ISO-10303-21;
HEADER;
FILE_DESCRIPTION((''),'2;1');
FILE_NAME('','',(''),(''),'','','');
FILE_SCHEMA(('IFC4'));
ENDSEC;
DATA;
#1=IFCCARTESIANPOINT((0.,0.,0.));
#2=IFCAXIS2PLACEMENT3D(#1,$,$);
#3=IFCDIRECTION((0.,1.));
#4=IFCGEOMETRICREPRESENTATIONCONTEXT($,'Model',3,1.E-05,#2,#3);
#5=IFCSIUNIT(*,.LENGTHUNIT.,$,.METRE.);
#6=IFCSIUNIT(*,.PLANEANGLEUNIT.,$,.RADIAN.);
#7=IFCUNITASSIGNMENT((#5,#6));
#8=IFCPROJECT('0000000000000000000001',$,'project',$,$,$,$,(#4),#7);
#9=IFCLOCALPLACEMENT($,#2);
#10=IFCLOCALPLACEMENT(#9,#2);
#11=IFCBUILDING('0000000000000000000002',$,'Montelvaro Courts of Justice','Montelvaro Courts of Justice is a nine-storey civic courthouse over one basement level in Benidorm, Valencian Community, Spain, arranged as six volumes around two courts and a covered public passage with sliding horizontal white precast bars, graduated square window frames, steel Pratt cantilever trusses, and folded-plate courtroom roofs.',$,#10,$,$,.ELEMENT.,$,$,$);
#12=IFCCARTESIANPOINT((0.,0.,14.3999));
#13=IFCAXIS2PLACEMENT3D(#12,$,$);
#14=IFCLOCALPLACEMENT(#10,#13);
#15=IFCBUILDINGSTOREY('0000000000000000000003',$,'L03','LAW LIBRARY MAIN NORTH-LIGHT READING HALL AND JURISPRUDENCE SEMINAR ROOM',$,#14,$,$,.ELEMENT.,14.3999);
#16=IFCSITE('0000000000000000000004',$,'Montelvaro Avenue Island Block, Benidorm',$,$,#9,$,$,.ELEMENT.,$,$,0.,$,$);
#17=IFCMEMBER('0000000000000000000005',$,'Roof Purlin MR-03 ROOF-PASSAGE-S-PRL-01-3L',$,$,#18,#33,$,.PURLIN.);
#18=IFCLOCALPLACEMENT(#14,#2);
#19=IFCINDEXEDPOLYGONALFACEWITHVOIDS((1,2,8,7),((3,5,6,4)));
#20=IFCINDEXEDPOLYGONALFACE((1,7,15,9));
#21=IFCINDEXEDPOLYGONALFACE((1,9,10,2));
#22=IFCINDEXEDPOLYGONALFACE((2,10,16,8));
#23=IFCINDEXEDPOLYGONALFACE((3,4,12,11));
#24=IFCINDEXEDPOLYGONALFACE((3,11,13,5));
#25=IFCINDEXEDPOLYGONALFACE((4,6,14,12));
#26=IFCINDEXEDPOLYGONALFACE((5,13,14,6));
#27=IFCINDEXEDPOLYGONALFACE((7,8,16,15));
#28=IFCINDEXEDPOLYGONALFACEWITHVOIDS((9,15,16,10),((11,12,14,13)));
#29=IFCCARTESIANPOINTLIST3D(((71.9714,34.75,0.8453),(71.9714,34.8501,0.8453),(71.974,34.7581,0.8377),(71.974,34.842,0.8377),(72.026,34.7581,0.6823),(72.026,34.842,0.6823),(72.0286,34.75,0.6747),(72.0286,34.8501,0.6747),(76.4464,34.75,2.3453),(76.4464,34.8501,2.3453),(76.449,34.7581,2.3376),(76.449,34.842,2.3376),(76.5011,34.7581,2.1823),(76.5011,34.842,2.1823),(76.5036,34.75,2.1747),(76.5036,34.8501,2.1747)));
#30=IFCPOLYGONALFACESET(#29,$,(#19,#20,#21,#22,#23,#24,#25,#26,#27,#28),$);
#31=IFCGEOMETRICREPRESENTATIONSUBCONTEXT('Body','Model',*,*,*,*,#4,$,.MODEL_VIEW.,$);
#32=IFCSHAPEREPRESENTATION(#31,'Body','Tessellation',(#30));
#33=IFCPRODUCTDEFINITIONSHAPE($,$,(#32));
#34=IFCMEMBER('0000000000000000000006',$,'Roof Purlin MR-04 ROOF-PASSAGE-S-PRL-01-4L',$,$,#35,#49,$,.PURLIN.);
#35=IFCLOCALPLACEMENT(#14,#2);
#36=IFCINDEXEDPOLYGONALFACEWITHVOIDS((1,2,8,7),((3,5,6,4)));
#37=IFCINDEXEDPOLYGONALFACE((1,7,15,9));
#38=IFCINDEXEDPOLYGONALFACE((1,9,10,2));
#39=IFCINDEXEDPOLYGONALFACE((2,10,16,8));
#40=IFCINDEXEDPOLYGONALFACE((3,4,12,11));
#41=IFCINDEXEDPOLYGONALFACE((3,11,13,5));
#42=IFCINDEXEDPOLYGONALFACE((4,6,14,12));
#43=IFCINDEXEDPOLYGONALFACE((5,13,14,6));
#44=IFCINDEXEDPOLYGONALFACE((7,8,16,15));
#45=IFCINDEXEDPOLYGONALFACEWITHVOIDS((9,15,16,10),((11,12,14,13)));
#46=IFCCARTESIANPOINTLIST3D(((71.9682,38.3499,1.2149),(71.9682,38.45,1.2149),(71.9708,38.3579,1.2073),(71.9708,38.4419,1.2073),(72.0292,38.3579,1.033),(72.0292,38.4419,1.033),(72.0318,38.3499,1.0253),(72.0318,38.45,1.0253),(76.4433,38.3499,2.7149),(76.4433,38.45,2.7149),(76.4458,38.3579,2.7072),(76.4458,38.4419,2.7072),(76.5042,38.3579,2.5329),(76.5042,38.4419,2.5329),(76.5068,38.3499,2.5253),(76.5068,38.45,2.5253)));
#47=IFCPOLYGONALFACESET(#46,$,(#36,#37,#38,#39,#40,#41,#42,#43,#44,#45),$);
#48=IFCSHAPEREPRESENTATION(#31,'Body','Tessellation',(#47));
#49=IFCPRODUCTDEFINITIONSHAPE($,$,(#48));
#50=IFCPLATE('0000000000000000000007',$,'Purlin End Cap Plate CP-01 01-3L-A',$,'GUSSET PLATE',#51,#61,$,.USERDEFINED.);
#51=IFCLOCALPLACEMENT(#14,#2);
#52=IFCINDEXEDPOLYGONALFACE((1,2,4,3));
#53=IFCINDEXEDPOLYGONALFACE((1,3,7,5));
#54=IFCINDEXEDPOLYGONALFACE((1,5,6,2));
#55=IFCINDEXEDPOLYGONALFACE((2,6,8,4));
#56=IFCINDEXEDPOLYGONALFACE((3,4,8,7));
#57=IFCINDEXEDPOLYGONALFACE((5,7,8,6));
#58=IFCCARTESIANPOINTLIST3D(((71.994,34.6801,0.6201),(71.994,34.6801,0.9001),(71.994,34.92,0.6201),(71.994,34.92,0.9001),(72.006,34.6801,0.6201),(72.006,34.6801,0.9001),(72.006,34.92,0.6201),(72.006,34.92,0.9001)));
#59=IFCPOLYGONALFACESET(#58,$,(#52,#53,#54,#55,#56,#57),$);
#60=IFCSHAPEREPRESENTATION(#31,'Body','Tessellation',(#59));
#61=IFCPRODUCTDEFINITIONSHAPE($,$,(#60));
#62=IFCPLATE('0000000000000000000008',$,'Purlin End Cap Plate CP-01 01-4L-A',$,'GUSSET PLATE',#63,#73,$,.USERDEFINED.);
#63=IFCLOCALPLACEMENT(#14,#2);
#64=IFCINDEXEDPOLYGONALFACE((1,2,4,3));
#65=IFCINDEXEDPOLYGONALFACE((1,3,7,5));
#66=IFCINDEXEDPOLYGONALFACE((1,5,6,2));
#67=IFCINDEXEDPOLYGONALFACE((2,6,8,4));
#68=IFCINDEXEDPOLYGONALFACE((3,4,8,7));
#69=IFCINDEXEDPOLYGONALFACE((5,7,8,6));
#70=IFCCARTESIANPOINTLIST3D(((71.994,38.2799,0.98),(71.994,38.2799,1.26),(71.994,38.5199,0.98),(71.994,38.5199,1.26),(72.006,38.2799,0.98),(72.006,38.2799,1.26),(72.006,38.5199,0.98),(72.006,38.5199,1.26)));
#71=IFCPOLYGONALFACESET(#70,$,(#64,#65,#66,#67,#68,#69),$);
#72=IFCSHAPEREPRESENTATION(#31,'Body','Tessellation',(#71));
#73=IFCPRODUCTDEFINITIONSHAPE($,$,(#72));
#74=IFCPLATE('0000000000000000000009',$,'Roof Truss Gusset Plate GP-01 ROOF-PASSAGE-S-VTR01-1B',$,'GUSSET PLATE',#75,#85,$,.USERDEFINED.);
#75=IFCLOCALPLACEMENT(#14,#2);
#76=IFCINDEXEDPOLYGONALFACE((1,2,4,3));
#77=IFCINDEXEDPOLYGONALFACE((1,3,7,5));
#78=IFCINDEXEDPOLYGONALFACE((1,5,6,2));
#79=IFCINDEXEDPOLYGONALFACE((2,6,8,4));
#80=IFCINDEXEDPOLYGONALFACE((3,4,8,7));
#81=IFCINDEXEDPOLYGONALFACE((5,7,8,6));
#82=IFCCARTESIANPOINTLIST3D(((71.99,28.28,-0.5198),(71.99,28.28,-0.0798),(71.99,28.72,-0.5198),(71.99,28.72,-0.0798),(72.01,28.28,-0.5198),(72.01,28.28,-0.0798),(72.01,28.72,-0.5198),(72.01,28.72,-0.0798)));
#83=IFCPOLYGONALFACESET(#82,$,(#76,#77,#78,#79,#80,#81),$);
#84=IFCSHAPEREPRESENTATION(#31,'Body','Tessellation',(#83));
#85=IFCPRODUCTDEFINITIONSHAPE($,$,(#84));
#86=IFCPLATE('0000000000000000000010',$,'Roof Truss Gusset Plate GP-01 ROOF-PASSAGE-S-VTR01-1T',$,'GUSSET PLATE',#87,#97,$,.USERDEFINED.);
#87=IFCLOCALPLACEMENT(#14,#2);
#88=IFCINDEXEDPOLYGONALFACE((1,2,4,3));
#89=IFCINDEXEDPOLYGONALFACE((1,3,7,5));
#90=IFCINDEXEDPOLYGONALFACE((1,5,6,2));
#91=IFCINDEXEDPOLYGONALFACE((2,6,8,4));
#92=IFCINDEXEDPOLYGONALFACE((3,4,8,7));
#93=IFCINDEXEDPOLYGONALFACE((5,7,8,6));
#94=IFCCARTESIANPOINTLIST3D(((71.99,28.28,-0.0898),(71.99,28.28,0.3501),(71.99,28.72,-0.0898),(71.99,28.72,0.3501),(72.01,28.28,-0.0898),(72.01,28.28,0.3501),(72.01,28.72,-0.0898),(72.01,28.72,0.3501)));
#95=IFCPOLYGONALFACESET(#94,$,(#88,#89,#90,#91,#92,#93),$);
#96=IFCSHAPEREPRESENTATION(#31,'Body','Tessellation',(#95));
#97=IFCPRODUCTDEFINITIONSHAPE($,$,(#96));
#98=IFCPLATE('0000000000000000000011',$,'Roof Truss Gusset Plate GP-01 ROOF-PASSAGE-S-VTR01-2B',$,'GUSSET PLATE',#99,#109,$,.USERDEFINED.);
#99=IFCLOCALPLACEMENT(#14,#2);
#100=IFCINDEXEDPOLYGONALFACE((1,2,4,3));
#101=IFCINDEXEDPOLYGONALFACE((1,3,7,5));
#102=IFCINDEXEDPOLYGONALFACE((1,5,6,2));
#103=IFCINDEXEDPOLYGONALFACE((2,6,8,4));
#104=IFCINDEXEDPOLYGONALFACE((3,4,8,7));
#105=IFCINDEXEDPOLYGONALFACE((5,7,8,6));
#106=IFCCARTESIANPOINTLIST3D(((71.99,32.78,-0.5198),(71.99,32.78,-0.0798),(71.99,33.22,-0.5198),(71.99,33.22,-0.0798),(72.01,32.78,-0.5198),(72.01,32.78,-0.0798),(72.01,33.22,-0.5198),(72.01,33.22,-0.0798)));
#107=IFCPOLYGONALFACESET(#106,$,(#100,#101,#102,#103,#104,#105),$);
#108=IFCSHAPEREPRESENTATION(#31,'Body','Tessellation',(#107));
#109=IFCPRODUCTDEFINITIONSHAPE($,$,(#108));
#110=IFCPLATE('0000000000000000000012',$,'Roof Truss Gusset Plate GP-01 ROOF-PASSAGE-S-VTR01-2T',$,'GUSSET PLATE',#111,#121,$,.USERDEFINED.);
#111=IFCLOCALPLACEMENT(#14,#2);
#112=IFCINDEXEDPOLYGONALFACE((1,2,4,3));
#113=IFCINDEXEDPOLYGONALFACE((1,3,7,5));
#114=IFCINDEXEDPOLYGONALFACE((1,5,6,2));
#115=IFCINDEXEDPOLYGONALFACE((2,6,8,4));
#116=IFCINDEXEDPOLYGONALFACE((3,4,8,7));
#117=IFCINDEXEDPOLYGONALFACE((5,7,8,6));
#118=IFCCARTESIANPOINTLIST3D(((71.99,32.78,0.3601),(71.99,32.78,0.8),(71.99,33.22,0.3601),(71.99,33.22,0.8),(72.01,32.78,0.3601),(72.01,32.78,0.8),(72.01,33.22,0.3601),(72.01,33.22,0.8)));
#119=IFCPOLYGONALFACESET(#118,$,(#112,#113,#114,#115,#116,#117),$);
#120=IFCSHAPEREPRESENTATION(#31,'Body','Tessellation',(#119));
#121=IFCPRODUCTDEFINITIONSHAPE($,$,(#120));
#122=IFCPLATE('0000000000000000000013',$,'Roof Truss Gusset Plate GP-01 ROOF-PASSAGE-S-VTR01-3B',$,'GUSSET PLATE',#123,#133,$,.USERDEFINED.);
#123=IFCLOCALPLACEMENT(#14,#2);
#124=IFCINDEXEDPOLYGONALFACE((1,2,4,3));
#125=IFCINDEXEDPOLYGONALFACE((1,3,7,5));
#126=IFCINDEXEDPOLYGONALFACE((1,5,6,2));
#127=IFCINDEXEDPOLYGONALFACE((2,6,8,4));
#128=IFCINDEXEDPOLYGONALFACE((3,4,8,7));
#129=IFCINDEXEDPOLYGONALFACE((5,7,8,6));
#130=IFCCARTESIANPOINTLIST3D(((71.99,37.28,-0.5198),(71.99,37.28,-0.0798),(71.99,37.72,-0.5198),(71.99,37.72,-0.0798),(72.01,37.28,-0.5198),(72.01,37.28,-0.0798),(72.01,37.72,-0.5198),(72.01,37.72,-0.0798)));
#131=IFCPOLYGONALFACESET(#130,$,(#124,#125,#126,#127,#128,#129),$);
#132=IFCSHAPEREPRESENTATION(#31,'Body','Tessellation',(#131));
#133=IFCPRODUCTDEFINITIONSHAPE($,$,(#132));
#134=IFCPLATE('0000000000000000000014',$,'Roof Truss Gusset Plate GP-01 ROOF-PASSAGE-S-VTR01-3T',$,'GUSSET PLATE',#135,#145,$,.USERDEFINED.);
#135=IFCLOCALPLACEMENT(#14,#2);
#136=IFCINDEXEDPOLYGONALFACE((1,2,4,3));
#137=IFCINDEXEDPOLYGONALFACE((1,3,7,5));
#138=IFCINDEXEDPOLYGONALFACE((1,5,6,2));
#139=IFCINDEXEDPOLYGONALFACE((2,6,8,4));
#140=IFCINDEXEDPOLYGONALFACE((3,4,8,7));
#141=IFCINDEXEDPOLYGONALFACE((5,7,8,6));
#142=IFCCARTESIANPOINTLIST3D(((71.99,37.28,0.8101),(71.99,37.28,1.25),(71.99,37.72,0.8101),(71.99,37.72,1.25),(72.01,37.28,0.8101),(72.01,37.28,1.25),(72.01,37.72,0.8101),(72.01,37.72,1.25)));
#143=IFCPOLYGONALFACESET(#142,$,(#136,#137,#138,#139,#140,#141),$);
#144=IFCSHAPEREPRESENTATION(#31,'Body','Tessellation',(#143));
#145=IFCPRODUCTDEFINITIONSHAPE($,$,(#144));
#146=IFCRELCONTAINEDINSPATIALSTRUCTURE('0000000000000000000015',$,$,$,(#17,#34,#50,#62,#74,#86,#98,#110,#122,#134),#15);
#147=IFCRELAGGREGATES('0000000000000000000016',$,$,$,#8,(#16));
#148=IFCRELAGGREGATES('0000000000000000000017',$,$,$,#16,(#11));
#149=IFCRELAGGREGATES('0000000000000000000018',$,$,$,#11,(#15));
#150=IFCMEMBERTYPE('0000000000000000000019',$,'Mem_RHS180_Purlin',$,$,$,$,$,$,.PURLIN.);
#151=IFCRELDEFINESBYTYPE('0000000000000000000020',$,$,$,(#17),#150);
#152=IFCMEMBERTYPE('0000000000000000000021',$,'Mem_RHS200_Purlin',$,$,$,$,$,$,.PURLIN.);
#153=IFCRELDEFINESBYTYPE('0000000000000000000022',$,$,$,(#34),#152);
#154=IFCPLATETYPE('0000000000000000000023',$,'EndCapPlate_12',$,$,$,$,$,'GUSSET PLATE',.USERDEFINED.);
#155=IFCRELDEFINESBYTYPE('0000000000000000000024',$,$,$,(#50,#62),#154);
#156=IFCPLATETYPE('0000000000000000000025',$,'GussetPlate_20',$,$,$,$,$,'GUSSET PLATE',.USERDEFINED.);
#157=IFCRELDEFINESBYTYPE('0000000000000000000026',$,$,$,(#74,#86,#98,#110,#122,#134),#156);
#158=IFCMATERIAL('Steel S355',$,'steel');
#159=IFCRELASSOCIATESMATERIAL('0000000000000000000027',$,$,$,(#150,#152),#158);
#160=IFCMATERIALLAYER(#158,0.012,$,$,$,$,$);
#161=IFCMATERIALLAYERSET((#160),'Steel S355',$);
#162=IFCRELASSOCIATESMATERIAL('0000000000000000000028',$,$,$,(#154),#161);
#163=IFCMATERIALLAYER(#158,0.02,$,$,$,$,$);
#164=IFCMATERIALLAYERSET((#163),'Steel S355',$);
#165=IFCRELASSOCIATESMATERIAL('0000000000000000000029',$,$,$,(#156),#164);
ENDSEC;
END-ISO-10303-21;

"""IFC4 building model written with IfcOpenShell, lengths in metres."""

from ifc_helpers import new_model, si_unit, direction, frame, origin, origin_2d, place, context, subcontext, project, spatial, rectangle, hollow_rectangle, extrude, material, layer, layer_set, material_profile, profile_set, type_object, element, save


model = new_model("IFC4")

# Units and contexts
model_context = context("Model", 3, precision=1e-05, world=origin(), true_north=direction((0.0, 1.0)))
body_context = subcontext(model_context, "Body", "Model", "MODEL_VIEW")
ifc_project = project(units=[si_unit("LENGTHUNIT", "METRE"), si_unit("PLANEANGLEUNIT", "RADIAN")], contexts=[model_context])

# Site, building, storey
site_placement = place(None, origin())
site = spatial("IfcSite", under=ifc_project, at=site_placement, Name="Montelvaro Avenue Island Block, Benidorm", CompositionType="ELEMENT", RefElevation=0.0)
building_placement = place(site_placement, origin())
building = spatial("IfcBuilding", under=site, at=building_placement, Name="Montelvaro Courts of Justice", Description="Montelvaro Courts of Justice is a nine-storey civic courthouse over one basement level in Benidorm, Valencian Community, Spain, arranged as six volumes around two courts and a covered public passage with sliding horizontal white precast bars, graduated square window frames, steel Pratt cantilever trusses, and folded-plate courtroom roofs.", CompositionType="ELEMENT")
storey_placement = place(building_placement, frame((0.0, 0.0, 14.3999)))
storey = spatial("IfcBuildingStorey", under=building, at=storey_placement, Name="L03", Description="LAW LIBRARY MAIN NORTH-LIGHT READING HALL AND JURISPRUDENCE SEMINAR ROOM", CompositionType="ELEMENT", Elevation=14.3999)

# Members
ifc_material = material(Name="Steel S355", Category="steel")
ifc_material_profile_1 = material_profile(ifc_material, hollow_rectangle(XDim=0.1001, YDim=0.1799, WallThickness=0.0081, at=origin_2d()), Name="RHS 180x100x8")
ifc_profile_set_1 = profile_set([ifc_material_profile_1], Name="Steel S355")
member_type_1 = type_object("IfcMemberType", Name="Mem_RHS180_Purlin", PredefinedType="PURLIN", material=ifc_profile_set_1)
member_1_placement = place(storey_placement, frame((72.0, 34.8, 0.76), z_axis=(0.948154, 0.0, 0.31781), x_axis=(0.0, 1.0, 0.0)))
element("IfcMember", 1, at=member_1_placement, inside=storey, type_object=member_type_1, Name="Roof Purlin MR-03 ROOF-PASSAGE-S-PRL-01-3L", PredefinedType="PURLIN", context=body_context, shape_type="SweptSolid", body=[
    extrude(hollow_rectangle(XDim=0.1001, YDim=0.1799, WallThickness=0.0081, at=origin_2d()), origin(), (0.0, 0.0, 1.0), 4.7197),
])
ifc_material_profile_2 = material_profile(ifc_material, hollow_rectangle(XDim=0.1001, YDim=0.2, WallThickness=0.0081, at=origin_2d()), Name="RHS 200x100x8")
ifc_profile_set_2 = profile_set([ifc_material_profile_2], Name="Steel S355")
member_type_2 = type_object("IfcMemberType", Name="Mem_RHS200_Purlin", PredefinedType="PURLIN", material=ifc_profile_set_2)
member_2_placement = place(storey_placement, frame((72.0, 38.3999, 1.1201), z_axis=(0.948154, 0.0, 0.31781), x_axis=(0.0, 1.0, 0.0)))
element("IfcMember", 2, at=member_2_placement, inside=storey, type_object=member_type_2, Name="Roof Purlin MR-04 ROOF-PASSAGE-S-PRL-01-4L", PredefinedType="PURLIN", context=body_context, shape_type="SweptSolid", body=[
    extrude(hollow_rectangle(XDim=0.1001, YDim=0.2, WallThickness=0.0081, at=origin_2d()), origin(), (0.0, 0.0, 1.0), 4.7197),
])

# Plates
ifc_layer_1 = layer(ifc_material, 0.012)
ifc_layer_set_1 = layer_set([ifc_layer_1], Name="Steel S355")
plate_type_1 = type_object("IfcPlateType", Name="EndCapPlate_12", ElementType="GUSSET PLATE", PredefinedType="USERDEFINED", material=ifc_layer_set_1)
for number, where, z_axis, x_axis, name in (
    (3, (72.0, 34.8, 0.6201), (0.0, 0.0, 1.0), (1.0, 0.0, 0.0), "Purlin End Cap Plate CP-01 01-3L-A"),
    (4, (72.0, 38.3999, 0.98), (0.0, 0.0, 1.0), (1.0, 0.0, 0.0), "Purlin End Cap Plate CP-01 01-4L-A"),
):
    element("IfcPlate", number, at=place(storey_placement, frame(where, z_axis=z_axis, x_axis=x_axis)), inside=storey, type_object=plate_type_1, Name=name, ObjectType="GUSSET PLATE", PredefinedType="USERDEFINED", context=body_context, shape_type="SweptSolid", body=[
        extrude(rectangle(XDim=0.012, YDim=0.24, at=origin_2d()), origin(), (0.0, 0.0, 1.0), 0.28),
    ])
ifc_layer_2 = layer(ifc_material, 0.02)
ifc_layer_set_2 = layer_set([ifc_layer_2], Name="Steel S355")
plate_type_2 = type_object("IfcPlateType", Name="GussetPlate_20", ElementType="GUSSET PLATE", PredefinedType="USERDEFINED", material=ifc_layer_set_2)
for number, where, z_axis, x_axis, name in (
    (5, (72.0, 28.5, -0.5198), (0.0, 0.0, 1.0), (1.0, 0.0, 0.0), "Roof Truss Gusset Plate GP-01 ROOF-PASSAGE-S-VTR01-1B"),
    (6, (72.0, 28.5, -0.0898), (0.0, 0.0, 1.0), (1.0, 0.0, 0.0), "Roof Truss Gusset Plate GP-01 ROOF-PASSAGE-S-VTR01-1T"),
    (7, (72.0, 33.0, -0.5198), (0.0, 0.0, 1.0), (1.0, 0.0, 0.0), "Roof Truss Gusset Plate GP-01 ROOF-PASSAGE-S-VTR01-2B"),
    (8, (72.0, 33.0, 0.3601), (0.0, 0.0, 1.0), (1.0, 0.0, 0.0), "Roof Truss Gusset Plate GP-01 ROOF-PASSAGE-S-VTR01-2T"),
    (9, (72.0, 37.5, -0.5198), (0.0, 0.0, 1.0), (1.0, 0.0, 0.0), "Roof Truss Gusset Plate GP-01 ROOF-PASSAGE-S-VTR01-3B"),
    (10, (72.0, 37.5, 0.8101), (0.0, 0.0, 1.0), (1.0, 0.0, 0.0), "Roof Truss Gusset Plate GP-01 ROOF-PASSAGE-S-VTR01-3T"),
):
    element("IfcPlate", number, at=place(storey_placement, frame(where, z_axis=z_axis, x_axis=x_axis)), inside=storey, type_object=plate_type_2, Name=name, ObjectType="GUSSET PLATE", PredefinedType="USERDEFINED", context=body_context, shape_type="SweptSolid", body=[
        extrude(rectangle(XDim=0.02, YDim=0.4399, at=origin_2d()), origin(), (0.0, 0.0, 1.0), 0.4399),
    ])

save(model, "model.ifc")
